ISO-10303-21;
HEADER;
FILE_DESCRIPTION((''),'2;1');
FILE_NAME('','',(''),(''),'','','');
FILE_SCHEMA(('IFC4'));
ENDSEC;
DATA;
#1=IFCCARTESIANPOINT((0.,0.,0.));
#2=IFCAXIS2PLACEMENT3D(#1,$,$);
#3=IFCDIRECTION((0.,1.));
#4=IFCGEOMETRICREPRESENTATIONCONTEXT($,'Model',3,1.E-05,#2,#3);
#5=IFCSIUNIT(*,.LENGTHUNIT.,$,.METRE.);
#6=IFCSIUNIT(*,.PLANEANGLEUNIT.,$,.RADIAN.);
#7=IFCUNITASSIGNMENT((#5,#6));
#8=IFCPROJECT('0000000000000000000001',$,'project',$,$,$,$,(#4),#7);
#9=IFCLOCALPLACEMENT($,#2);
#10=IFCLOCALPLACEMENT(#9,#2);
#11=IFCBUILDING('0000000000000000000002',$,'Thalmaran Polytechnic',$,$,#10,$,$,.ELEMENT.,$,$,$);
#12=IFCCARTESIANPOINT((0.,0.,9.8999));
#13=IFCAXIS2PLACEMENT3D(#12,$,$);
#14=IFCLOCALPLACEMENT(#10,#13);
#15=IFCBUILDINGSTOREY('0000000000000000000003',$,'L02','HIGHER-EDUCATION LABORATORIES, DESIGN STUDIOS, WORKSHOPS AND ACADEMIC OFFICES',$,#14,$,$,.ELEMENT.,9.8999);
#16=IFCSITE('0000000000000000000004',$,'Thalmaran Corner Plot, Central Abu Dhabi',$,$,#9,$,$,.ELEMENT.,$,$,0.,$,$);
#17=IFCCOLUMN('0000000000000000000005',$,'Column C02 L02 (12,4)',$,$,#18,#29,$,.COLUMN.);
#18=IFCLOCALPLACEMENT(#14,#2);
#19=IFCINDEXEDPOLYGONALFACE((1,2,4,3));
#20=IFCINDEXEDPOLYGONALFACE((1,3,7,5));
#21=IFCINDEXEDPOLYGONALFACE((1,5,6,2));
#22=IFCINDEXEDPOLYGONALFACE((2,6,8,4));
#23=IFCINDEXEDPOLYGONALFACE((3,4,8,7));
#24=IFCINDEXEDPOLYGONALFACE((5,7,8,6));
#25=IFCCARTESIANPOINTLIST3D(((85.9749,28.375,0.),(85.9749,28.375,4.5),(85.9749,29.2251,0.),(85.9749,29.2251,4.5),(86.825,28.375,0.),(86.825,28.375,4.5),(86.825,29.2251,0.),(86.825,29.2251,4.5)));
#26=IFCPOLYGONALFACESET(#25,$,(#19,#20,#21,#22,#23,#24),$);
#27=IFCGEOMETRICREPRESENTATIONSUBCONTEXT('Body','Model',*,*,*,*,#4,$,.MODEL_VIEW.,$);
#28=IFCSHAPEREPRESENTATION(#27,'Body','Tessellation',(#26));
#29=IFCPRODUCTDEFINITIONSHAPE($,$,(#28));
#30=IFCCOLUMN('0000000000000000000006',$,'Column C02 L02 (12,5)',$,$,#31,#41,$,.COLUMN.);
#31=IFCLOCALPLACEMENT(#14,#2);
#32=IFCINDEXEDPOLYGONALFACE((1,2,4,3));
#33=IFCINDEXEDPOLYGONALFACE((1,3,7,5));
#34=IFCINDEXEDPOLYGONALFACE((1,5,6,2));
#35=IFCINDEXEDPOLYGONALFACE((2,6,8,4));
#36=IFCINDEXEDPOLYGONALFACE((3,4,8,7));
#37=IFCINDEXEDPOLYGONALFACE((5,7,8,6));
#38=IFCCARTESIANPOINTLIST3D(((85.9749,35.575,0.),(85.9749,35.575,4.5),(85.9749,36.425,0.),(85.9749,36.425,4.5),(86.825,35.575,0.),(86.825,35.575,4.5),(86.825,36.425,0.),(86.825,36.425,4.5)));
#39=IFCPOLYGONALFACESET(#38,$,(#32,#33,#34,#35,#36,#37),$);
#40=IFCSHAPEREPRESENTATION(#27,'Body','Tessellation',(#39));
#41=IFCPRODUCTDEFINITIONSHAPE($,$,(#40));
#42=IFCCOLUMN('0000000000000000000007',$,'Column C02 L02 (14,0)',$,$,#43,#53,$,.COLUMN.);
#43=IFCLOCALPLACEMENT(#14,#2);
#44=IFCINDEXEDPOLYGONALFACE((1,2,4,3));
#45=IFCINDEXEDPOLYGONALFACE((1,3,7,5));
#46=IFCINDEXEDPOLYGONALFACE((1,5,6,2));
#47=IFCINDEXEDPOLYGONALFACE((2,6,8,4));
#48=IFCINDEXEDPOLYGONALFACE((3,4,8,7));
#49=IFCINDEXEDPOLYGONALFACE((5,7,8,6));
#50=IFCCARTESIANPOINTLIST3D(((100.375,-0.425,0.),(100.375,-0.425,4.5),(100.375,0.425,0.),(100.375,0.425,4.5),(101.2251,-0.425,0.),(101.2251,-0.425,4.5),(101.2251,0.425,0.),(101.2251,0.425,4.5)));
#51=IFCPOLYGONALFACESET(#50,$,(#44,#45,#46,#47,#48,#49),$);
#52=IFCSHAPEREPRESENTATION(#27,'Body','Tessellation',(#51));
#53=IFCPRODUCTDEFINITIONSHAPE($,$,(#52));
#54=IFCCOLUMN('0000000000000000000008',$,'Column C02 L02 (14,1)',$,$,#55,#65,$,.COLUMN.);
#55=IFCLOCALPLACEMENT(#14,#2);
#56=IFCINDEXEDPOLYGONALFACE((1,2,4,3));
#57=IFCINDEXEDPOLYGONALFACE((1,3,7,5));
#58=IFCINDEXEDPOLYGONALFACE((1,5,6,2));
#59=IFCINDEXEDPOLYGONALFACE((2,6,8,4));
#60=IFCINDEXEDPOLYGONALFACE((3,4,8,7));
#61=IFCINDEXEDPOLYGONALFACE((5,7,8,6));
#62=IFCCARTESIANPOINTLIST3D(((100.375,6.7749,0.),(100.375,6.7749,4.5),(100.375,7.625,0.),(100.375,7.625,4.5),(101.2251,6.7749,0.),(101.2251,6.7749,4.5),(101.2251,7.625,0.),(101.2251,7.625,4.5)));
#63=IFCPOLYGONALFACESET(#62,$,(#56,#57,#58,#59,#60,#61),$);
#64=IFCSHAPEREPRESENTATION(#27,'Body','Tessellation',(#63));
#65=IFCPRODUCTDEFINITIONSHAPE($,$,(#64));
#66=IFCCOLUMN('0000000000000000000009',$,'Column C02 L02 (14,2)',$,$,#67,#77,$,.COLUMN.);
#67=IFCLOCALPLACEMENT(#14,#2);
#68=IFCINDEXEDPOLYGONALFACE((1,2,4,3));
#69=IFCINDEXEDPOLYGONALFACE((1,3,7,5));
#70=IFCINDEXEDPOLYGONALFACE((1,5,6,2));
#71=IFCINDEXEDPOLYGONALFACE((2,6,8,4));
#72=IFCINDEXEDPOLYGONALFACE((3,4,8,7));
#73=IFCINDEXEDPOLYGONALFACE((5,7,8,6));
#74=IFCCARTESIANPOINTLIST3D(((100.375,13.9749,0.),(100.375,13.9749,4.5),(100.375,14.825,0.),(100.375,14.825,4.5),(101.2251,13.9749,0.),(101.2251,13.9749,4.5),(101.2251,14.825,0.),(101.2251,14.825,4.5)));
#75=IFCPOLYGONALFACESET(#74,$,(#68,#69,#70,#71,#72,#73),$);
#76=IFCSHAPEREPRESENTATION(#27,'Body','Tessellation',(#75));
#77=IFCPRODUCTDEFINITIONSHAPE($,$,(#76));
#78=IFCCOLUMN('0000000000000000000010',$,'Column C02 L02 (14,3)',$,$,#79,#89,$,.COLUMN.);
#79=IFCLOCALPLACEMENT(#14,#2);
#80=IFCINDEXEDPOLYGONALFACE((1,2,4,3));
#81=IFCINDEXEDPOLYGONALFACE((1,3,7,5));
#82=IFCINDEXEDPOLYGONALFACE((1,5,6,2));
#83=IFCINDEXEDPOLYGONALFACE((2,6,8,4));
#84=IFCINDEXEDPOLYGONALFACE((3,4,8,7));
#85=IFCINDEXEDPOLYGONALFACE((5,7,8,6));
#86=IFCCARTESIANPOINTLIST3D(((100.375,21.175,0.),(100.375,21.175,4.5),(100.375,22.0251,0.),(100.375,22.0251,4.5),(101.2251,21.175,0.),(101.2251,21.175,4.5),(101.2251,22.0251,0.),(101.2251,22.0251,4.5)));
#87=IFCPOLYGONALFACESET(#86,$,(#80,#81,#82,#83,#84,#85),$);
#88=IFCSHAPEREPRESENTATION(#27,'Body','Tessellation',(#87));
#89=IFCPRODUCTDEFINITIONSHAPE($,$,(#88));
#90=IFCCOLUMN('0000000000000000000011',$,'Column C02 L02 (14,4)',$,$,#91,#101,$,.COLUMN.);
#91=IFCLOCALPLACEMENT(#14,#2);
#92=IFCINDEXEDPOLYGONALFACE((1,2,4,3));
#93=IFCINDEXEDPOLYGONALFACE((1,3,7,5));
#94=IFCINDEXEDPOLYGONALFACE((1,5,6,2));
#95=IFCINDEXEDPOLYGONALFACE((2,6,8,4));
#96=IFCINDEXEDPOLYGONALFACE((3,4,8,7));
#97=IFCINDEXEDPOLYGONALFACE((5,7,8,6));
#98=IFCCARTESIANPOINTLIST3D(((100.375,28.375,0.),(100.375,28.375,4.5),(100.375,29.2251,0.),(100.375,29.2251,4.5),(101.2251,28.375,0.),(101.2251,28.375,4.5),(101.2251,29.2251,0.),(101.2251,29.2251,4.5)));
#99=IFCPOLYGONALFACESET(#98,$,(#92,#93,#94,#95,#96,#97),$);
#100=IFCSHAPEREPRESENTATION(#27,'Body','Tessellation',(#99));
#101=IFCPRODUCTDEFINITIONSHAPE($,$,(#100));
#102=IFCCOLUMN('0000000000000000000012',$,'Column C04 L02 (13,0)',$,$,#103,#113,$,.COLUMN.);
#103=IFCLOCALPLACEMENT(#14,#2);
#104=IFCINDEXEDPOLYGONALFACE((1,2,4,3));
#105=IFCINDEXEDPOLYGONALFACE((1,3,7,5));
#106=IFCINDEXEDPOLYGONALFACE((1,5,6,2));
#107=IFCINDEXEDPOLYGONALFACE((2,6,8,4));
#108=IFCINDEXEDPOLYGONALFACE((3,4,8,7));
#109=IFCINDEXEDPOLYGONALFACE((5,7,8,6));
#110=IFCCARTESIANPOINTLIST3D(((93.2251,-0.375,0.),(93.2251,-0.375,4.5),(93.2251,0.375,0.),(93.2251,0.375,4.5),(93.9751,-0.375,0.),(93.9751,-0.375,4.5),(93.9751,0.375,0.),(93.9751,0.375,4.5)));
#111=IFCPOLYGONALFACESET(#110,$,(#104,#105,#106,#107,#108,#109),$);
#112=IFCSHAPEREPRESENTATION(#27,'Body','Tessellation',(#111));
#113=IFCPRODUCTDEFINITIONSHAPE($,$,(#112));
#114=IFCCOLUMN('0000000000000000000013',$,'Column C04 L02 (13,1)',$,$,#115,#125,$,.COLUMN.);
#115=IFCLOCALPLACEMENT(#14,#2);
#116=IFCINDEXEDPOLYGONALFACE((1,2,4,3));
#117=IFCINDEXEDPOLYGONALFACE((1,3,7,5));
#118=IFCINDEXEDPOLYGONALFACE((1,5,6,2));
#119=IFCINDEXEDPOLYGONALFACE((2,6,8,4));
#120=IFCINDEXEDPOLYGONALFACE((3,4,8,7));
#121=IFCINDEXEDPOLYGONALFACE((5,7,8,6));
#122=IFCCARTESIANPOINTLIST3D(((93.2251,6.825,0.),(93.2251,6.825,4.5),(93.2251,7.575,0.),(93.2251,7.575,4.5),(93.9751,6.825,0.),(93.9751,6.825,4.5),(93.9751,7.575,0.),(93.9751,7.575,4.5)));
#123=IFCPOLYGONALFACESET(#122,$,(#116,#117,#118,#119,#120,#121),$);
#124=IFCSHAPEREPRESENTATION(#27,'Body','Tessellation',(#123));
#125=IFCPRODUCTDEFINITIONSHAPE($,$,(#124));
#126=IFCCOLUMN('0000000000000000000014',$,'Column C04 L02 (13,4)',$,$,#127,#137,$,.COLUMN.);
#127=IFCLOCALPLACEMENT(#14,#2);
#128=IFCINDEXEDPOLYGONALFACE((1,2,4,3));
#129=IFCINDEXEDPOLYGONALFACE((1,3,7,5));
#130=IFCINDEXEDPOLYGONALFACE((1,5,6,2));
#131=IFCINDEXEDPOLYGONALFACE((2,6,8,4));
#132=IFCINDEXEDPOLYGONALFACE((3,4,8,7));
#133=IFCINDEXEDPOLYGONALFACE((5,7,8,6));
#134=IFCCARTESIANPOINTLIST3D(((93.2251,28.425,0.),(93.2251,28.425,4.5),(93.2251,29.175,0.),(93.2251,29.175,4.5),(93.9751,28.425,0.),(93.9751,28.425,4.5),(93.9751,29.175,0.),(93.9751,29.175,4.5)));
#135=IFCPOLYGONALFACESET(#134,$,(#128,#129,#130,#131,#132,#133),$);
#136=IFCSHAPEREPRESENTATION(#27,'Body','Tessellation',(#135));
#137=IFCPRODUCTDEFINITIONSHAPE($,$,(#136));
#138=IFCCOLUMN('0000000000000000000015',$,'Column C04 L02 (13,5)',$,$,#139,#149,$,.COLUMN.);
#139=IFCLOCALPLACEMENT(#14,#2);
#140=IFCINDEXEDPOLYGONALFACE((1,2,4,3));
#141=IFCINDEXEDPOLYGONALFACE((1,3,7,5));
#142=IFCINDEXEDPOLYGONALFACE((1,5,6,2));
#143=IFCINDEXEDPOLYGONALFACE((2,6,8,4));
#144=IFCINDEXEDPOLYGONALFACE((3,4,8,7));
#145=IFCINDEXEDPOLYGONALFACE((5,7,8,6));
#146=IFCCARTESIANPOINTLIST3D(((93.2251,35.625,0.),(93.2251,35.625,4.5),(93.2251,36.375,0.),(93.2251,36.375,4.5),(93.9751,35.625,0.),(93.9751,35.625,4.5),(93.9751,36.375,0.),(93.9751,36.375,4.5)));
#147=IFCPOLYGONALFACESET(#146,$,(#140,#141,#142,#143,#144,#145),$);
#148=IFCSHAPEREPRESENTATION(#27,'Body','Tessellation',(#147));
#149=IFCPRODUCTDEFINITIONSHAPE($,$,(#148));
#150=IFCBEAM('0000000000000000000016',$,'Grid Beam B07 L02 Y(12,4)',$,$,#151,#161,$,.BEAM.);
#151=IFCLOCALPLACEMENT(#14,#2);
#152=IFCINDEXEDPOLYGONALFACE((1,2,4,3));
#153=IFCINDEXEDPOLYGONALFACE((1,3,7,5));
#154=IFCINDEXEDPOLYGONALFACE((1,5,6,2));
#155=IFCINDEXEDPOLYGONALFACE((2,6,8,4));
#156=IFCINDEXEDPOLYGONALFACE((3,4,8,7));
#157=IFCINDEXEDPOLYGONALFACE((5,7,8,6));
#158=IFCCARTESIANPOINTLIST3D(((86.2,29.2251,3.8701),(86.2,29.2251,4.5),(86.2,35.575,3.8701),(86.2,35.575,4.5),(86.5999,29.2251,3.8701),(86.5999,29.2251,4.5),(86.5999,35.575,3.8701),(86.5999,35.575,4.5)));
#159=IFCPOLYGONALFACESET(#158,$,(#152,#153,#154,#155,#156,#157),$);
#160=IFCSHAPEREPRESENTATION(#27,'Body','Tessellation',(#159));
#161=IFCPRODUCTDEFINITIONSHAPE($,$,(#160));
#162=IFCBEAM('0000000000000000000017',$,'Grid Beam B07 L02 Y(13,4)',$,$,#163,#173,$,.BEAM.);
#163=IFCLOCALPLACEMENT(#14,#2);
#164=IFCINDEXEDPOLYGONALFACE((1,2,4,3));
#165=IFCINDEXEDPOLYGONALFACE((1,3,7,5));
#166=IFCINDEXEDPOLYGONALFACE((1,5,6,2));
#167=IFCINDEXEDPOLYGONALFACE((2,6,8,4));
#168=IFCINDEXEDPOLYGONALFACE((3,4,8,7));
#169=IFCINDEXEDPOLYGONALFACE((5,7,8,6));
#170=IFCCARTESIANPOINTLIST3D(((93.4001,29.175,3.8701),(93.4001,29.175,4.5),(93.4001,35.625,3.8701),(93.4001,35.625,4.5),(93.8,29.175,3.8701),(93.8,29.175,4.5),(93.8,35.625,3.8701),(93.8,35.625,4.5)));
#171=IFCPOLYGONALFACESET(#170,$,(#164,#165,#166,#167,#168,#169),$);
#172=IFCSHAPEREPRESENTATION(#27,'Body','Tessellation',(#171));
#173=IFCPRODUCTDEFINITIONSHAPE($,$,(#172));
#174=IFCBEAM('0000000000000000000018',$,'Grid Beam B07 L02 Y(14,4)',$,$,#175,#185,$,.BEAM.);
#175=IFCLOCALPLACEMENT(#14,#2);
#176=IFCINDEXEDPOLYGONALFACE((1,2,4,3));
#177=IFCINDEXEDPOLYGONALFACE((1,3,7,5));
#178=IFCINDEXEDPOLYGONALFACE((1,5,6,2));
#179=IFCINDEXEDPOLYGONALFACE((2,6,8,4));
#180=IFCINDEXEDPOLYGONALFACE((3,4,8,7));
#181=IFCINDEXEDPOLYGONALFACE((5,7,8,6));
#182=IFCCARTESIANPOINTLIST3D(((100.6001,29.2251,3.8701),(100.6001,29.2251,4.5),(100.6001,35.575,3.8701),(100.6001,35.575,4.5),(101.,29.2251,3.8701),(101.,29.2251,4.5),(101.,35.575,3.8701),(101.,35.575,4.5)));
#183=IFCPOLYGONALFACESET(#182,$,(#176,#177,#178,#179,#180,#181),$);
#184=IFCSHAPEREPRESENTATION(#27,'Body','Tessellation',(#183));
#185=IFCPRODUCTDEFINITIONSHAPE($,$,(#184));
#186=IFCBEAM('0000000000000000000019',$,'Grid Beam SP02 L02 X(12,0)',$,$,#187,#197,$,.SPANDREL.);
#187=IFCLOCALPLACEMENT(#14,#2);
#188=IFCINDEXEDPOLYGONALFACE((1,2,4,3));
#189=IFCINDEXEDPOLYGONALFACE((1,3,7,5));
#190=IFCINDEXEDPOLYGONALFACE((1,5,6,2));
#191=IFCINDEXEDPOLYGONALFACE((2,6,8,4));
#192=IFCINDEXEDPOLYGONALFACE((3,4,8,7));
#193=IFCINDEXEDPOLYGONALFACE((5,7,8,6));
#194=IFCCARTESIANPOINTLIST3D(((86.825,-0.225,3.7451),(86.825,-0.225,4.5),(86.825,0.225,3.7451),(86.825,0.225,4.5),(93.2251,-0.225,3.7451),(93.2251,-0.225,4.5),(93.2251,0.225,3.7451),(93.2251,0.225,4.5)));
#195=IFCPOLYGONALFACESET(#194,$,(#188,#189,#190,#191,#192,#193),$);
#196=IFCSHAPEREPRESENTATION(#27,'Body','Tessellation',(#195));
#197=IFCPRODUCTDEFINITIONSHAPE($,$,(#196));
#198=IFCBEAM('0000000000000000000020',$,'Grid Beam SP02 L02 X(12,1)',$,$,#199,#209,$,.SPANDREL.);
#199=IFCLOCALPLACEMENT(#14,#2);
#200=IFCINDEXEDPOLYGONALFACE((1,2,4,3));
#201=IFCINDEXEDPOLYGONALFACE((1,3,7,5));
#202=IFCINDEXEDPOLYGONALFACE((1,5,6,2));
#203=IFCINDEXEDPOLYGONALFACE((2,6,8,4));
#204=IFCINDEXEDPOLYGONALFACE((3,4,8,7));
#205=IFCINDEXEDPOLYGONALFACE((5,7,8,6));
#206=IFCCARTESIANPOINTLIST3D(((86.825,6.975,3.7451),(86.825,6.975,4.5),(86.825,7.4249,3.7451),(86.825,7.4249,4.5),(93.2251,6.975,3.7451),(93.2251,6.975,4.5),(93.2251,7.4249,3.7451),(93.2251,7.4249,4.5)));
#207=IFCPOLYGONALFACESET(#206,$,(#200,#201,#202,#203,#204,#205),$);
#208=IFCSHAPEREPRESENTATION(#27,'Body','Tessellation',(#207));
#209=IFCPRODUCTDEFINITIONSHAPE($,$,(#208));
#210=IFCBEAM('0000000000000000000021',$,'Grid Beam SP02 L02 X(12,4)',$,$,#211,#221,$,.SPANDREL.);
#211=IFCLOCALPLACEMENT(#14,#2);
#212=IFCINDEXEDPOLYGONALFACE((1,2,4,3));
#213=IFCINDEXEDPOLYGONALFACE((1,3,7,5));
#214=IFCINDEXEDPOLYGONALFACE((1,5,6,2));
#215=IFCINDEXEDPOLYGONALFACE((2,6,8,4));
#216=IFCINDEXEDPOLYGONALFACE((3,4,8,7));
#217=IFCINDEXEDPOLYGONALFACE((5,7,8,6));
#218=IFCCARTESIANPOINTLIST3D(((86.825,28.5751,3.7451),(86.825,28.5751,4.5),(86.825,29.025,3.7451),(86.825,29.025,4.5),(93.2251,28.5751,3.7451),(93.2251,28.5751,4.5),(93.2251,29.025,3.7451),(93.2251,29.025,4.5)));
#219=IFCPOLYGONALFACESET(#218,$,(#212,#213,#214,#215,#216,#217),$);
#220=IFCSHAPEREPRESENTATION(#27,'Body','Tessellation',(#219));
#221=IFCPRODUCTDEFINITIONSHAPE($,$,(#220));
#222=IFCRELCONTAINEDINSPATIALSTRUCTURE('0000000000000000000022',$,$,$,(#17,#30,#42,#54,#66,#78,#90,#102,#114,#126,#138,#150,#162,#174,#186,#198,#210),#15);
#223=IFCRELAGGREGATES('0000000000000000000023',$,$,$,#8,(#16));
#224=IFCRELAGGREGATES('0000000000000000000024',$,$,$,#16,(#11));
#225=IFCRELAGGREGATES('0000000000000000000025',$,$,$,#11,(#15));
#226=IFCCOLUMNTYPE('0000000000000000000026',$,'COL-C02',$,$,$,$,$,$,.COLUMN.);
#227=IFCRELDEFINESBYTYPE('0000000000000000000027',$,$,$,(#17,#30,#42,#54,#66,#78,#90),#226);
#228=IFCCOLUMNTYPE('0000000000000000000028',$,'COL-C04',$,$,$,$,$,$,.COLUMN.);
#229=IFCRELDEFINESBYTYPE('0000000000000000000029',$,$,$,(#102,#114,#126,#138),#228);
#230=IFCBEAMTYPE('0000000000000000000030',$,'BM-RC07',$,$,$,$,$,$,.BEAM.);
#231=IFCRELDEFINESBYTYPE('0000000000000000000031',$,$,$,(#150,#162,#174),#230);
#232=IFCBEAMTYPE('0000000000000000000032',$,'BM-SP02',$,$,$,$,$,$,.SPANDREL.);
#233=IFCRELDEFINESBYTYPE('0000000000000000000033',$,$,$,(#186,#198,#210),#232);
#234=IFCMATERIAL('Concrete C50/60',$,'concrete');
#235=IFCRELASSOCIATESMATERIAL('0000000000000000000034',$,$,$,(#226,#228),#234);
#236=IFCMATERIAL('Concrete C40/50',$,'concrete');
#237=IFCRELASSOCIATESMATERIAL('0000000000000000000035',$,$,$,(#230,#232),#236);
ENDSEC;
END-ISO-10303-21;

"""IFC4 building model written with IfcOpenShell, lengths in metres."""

from ifc_helpers import new_model, si_unit, direction, frame, origin, origin_2d, place, context, subcontext, project, spatial, rectangle, extrude, material, material_profile, profile_set, type_object, element, save


model = new_model("IFC4")

# Units and contexts
model_context = context("Model", 3, precision=1e-05, world=origin(), true_north=direction((0.0, 1.0)))
body_context = subcontext(model_context, "Body", "Model", "MODEL_VIEW")
ifc_project = project(units=[si_unit("LENGTHUNIT", "METRE"), si_unit("PLANEANGLEUNIT", "RADIAN")], contexts=[model_context])

# Site, building, storey
site_placement = place(None, origin())
site = spatial("IfcSite", under=ifc_project, at=site_placement, Name="Thalmaran Corner Plot, Central Abu Dhabi", CompositionType="ELEMENT", RefElevation=0.0)
building_placement = place(site_placement, origin())
building = spatial("IfcBuilding", under=site, at=building_placement, Name="Thalmaran Polytechnic", CompositionType="ELEMENT")
storey_placement = place(building_placement, frame((0.0, 0.0, 9.8999)))
storey = spatial("IfcBuildingStorey", under=building, at=storey_placement, Name="L02", Description="HIGHER-EDUCATION LABORATORIES, DESIGN STUDIOS, WORKSHOPS AND ACADEMIC OFFICES", CompositionType="ELEMENT", Elevation=9.8999)

# Columns
ifc_material_1 = material(Name="Concrete C50/60", Category="concrete")
ifc_material_profile_1 = material_profile(ifc_material_1, rectangle(XDim=0.8501, YDim=0.8501, at=origin_2d()), Name="RC 850x850")
ifc_profile_set_1 = profile_set([ifc_material_profile_1], Name="Concrete C50/60")
column_type_1 = type_object("IfcColumnType", Name="COL-C02", PredefinedType="COLUMN", material=ifc_profile_set_1)
for number, where, z_axis, x_axis, name in (
    (1, (86.3999, 28.8, 0.0), (0.0, 0.0, 1.0), (1.0, 0.0, 0.0), "Column C02 L02 (12,4)"),
    (2, (86.3999, 36.0, 0.0), (0.0, 0.0, 1.0), (1.0, 0.0, 0.0), "Column C02 L02 (12,5)"),
    (3, (100.8, 0.0, 0.0), (0.0, 0.0, 1.0), (1.0, 0.0, 0.0), "Column C02 L02 (14,0)"),
    (4, (100.8, 7.2, 0.0), (0.0, 0.0, 1.0), (1.0, 0.0, 0.0), "Column C02 L02 (14,1)"),
    (5, (100.8, 14.3999, 0.0), (0.0, 0.0, 1.0), (1.0, 0.0, 0.0), "Column C02 L02 (14,2)"),
    (6, (100.8, 21.6001, 0.0), (0.0, 0.0, 1.0), (1.0, 0.0, 0.0), "Column C02 L02 (14,3)"),
    (7, (100.8, 28.8, 0.0), (0.0, 0.0, 1.0), (1.0, 0.0, 0.0), "Column C02 L02 (14,4)"),
):
    element("IfcColumn", number, at=place(storey_placement, frame(where, z_axis=z_axis, x_axis=x_axis)), inside=storey, type_object=column_type_1, Name=name, PredefinedType="COLUMN", context=body_context, shape_type="SweptSolid", body=[
        extrude(rectangle(XDim=0.8501, YDim=0.8501, at=origin_2d()), origin(), (0.0, 0.0, 1.0), 4.5),
    ])
ifc_material_profile_2 = material_profile(ifc_material_1, rectangle(XDim=0.75, YDim=0.75, at=origin_2d()), Name="RC 750x750")
ifc_profile_set_2 = profile_set([ifc_material_profile_2], Name="Concrete C50/60")
column_type_2 = type_object("IfcColumnType", Name="COL-C04", PredefinedType="COLUMN", material=ifc_profile_set_2)
for number, where, z_axis, x_axis, name in (
    (8, (93.6001, 0.0, 0.0), (0.0, 0.0, 1.0), (1.0, 0.0, 0.0), "Column C04 L02 (13,0)"),
    (9, (93.6001, 7.2, 0.0), (0.0, 0.0, 1.0), (1.0, 0.0, 0.0), "Column C04 L02 (13,1)"),
    (10, (93.6001, 28.8, 0.0), (0.0, 0.0, 1.0), (1.0, 0.0, 0.0), "Column C04 L02 (13,4)"),
    (11, (93.6001, 36.0, 0.0), (0.0, 0.0, 1.0), (1.0, 0.0, 0.0), "Column C04 L02 (13,5)"),
):
    element("IfcColumn", number, at=place(storey_placement, frame(where, z_axis=z_axis, x_axis=x_axis)), inside=storey, type_object=column_type_2, Name=name, PredefinedType="COLUMN", context=body_context, shape_type="SweptSolid", body=[
        extrude(rectangle(XDim=0.75, YDim=0.75, at=origin_2d()), origin(), (0.0, 0.0, 1.0), 4.5),
    ])

# Beams
ifc_material_2 = material(Name="Concrete C40/50", Category="concrete")
ifc_material_profile_3 = material_profile(ifc_material_2, rectangle(XDim=0.3999, YDim=0.6299, at=origin_2d()), Name="RC 400x630")
ifc_profile_set_3 = profile_set([ifc_material_profile_3], Name="Concrete C40/50")
beam_type_1 = type_object("IfcBeamType", Name="BM-RC07", PredefinedType="BEAM", material=ifc_profile_set_3)
beam_1_placement = place(storey_placement, frame((86.3999, 29.2251, 4.1851), z_axis=(0.0, 1.0, 0.0), x_axis=(-1.0, 0.0, 0.0)))
element("IfcBeam", 12, at=beam_1_placement, inside=storey, type_object=beam_type_1, Name="Grid Beam B07 L02 Y(12,4)", PredefinedType="BEAM", context=body_context, shape_type="SweptSolid", body=[
    extrude(rectangle(XDim=0.3999, YDim=0.6299, at=origin_2d()), origin(), (0.0, 0.0, 1.0), 6.3499),
])
beam_2_placement = place(storey_placement, frame((93.6001, 29.175, 4.1851), z_axis=(0.0, 1.0, 0.0), x_axis=(-1.0, 0.0, 0.0)))
element("IfcBeam", 13, at=beam_2_placement, inside=storey, type_object=beam_type_1, Name="Grid Beam B07 L02 Y(13,4)", PredefinedType="BEAM", context=body_context, shape_type="SweptSolid", body=[
    extrude(rectangle(XDim=0.3999, YDim=0.6299, at=origin_2d()), origin(), (0.0, 0.0, 1.0), 6.45),
])
beam_3_placement = place(storey_placement, frame((100.8, 29.2251, 4.1851), z_axis=(0.0, 1.0, 0.0), x_axis=(-1.0, 0.0, 0.0)))
element("IfcBeam", 14, at=beam_3_placement, inside=storey, type_object=beam_type_1, Name="Grid Beam B07 L02 Y(14,4)", PredefinedType="BEAM", context=body_context, shape_type="SweptSolid", body=[
    extrude(rectangle(XDim=0.3999, YDim=0.6299, at=origin_2d()), origin(), (0.0, 0.0, 1.0), 6.3499),
])
ifc_material_profile_4 = material_profile(ifc_material_2, rectangle(XDim=0.45, YDim=0.7549, at=origin_2d()), Name="RC 450x755")
ifc_profile_set_4 = profile_set([ifc_material_profile_4], Name="Concrete C40/50")
beam_type_2 = type_object("IfcBeamType", Name="BM-SP02", PredefinedType="SPANDREL", material=ifc_profile_set_4)
for number, where, z_axis, x_axis, name in (
    (15, (86.825, 0.0, 4.1226), (1.0, 0.0, 0.0), (0.0, 1.0, 0.0), "Grid Beam SP02 L02 X(12,0)"),
    (16, (86.825, 7.2, 4.1226), (1.0, 0.0, 0.0), (0.0, 1.0, 0.0), "Grid Beam SP02 L02 X(12,1)"),
    (17, (86.825, 28.8, 4.1226), (1.0, 0.0, 0.0), (0.0, 1.0, 0.0), "Grid Beam SP02 L02 X(12,4)"),
):
    element("IfcBeam", number, at=place(storey_placement, frame(where, z_axis=z_axis, x_axis=x_axis)), inside=storey, type_object=beam_type_2, Name=name, PredefinedType="SPANDREL", context=body_context, shape_type="SweptSolid", body=[
        extrude(rectangle(XDim=0.45, YDim=0.7549, at=origin_2d()), origin(), (0.0, 0.0, 1.0), 6.4001),
    ])

save(model, "model.ifc")
